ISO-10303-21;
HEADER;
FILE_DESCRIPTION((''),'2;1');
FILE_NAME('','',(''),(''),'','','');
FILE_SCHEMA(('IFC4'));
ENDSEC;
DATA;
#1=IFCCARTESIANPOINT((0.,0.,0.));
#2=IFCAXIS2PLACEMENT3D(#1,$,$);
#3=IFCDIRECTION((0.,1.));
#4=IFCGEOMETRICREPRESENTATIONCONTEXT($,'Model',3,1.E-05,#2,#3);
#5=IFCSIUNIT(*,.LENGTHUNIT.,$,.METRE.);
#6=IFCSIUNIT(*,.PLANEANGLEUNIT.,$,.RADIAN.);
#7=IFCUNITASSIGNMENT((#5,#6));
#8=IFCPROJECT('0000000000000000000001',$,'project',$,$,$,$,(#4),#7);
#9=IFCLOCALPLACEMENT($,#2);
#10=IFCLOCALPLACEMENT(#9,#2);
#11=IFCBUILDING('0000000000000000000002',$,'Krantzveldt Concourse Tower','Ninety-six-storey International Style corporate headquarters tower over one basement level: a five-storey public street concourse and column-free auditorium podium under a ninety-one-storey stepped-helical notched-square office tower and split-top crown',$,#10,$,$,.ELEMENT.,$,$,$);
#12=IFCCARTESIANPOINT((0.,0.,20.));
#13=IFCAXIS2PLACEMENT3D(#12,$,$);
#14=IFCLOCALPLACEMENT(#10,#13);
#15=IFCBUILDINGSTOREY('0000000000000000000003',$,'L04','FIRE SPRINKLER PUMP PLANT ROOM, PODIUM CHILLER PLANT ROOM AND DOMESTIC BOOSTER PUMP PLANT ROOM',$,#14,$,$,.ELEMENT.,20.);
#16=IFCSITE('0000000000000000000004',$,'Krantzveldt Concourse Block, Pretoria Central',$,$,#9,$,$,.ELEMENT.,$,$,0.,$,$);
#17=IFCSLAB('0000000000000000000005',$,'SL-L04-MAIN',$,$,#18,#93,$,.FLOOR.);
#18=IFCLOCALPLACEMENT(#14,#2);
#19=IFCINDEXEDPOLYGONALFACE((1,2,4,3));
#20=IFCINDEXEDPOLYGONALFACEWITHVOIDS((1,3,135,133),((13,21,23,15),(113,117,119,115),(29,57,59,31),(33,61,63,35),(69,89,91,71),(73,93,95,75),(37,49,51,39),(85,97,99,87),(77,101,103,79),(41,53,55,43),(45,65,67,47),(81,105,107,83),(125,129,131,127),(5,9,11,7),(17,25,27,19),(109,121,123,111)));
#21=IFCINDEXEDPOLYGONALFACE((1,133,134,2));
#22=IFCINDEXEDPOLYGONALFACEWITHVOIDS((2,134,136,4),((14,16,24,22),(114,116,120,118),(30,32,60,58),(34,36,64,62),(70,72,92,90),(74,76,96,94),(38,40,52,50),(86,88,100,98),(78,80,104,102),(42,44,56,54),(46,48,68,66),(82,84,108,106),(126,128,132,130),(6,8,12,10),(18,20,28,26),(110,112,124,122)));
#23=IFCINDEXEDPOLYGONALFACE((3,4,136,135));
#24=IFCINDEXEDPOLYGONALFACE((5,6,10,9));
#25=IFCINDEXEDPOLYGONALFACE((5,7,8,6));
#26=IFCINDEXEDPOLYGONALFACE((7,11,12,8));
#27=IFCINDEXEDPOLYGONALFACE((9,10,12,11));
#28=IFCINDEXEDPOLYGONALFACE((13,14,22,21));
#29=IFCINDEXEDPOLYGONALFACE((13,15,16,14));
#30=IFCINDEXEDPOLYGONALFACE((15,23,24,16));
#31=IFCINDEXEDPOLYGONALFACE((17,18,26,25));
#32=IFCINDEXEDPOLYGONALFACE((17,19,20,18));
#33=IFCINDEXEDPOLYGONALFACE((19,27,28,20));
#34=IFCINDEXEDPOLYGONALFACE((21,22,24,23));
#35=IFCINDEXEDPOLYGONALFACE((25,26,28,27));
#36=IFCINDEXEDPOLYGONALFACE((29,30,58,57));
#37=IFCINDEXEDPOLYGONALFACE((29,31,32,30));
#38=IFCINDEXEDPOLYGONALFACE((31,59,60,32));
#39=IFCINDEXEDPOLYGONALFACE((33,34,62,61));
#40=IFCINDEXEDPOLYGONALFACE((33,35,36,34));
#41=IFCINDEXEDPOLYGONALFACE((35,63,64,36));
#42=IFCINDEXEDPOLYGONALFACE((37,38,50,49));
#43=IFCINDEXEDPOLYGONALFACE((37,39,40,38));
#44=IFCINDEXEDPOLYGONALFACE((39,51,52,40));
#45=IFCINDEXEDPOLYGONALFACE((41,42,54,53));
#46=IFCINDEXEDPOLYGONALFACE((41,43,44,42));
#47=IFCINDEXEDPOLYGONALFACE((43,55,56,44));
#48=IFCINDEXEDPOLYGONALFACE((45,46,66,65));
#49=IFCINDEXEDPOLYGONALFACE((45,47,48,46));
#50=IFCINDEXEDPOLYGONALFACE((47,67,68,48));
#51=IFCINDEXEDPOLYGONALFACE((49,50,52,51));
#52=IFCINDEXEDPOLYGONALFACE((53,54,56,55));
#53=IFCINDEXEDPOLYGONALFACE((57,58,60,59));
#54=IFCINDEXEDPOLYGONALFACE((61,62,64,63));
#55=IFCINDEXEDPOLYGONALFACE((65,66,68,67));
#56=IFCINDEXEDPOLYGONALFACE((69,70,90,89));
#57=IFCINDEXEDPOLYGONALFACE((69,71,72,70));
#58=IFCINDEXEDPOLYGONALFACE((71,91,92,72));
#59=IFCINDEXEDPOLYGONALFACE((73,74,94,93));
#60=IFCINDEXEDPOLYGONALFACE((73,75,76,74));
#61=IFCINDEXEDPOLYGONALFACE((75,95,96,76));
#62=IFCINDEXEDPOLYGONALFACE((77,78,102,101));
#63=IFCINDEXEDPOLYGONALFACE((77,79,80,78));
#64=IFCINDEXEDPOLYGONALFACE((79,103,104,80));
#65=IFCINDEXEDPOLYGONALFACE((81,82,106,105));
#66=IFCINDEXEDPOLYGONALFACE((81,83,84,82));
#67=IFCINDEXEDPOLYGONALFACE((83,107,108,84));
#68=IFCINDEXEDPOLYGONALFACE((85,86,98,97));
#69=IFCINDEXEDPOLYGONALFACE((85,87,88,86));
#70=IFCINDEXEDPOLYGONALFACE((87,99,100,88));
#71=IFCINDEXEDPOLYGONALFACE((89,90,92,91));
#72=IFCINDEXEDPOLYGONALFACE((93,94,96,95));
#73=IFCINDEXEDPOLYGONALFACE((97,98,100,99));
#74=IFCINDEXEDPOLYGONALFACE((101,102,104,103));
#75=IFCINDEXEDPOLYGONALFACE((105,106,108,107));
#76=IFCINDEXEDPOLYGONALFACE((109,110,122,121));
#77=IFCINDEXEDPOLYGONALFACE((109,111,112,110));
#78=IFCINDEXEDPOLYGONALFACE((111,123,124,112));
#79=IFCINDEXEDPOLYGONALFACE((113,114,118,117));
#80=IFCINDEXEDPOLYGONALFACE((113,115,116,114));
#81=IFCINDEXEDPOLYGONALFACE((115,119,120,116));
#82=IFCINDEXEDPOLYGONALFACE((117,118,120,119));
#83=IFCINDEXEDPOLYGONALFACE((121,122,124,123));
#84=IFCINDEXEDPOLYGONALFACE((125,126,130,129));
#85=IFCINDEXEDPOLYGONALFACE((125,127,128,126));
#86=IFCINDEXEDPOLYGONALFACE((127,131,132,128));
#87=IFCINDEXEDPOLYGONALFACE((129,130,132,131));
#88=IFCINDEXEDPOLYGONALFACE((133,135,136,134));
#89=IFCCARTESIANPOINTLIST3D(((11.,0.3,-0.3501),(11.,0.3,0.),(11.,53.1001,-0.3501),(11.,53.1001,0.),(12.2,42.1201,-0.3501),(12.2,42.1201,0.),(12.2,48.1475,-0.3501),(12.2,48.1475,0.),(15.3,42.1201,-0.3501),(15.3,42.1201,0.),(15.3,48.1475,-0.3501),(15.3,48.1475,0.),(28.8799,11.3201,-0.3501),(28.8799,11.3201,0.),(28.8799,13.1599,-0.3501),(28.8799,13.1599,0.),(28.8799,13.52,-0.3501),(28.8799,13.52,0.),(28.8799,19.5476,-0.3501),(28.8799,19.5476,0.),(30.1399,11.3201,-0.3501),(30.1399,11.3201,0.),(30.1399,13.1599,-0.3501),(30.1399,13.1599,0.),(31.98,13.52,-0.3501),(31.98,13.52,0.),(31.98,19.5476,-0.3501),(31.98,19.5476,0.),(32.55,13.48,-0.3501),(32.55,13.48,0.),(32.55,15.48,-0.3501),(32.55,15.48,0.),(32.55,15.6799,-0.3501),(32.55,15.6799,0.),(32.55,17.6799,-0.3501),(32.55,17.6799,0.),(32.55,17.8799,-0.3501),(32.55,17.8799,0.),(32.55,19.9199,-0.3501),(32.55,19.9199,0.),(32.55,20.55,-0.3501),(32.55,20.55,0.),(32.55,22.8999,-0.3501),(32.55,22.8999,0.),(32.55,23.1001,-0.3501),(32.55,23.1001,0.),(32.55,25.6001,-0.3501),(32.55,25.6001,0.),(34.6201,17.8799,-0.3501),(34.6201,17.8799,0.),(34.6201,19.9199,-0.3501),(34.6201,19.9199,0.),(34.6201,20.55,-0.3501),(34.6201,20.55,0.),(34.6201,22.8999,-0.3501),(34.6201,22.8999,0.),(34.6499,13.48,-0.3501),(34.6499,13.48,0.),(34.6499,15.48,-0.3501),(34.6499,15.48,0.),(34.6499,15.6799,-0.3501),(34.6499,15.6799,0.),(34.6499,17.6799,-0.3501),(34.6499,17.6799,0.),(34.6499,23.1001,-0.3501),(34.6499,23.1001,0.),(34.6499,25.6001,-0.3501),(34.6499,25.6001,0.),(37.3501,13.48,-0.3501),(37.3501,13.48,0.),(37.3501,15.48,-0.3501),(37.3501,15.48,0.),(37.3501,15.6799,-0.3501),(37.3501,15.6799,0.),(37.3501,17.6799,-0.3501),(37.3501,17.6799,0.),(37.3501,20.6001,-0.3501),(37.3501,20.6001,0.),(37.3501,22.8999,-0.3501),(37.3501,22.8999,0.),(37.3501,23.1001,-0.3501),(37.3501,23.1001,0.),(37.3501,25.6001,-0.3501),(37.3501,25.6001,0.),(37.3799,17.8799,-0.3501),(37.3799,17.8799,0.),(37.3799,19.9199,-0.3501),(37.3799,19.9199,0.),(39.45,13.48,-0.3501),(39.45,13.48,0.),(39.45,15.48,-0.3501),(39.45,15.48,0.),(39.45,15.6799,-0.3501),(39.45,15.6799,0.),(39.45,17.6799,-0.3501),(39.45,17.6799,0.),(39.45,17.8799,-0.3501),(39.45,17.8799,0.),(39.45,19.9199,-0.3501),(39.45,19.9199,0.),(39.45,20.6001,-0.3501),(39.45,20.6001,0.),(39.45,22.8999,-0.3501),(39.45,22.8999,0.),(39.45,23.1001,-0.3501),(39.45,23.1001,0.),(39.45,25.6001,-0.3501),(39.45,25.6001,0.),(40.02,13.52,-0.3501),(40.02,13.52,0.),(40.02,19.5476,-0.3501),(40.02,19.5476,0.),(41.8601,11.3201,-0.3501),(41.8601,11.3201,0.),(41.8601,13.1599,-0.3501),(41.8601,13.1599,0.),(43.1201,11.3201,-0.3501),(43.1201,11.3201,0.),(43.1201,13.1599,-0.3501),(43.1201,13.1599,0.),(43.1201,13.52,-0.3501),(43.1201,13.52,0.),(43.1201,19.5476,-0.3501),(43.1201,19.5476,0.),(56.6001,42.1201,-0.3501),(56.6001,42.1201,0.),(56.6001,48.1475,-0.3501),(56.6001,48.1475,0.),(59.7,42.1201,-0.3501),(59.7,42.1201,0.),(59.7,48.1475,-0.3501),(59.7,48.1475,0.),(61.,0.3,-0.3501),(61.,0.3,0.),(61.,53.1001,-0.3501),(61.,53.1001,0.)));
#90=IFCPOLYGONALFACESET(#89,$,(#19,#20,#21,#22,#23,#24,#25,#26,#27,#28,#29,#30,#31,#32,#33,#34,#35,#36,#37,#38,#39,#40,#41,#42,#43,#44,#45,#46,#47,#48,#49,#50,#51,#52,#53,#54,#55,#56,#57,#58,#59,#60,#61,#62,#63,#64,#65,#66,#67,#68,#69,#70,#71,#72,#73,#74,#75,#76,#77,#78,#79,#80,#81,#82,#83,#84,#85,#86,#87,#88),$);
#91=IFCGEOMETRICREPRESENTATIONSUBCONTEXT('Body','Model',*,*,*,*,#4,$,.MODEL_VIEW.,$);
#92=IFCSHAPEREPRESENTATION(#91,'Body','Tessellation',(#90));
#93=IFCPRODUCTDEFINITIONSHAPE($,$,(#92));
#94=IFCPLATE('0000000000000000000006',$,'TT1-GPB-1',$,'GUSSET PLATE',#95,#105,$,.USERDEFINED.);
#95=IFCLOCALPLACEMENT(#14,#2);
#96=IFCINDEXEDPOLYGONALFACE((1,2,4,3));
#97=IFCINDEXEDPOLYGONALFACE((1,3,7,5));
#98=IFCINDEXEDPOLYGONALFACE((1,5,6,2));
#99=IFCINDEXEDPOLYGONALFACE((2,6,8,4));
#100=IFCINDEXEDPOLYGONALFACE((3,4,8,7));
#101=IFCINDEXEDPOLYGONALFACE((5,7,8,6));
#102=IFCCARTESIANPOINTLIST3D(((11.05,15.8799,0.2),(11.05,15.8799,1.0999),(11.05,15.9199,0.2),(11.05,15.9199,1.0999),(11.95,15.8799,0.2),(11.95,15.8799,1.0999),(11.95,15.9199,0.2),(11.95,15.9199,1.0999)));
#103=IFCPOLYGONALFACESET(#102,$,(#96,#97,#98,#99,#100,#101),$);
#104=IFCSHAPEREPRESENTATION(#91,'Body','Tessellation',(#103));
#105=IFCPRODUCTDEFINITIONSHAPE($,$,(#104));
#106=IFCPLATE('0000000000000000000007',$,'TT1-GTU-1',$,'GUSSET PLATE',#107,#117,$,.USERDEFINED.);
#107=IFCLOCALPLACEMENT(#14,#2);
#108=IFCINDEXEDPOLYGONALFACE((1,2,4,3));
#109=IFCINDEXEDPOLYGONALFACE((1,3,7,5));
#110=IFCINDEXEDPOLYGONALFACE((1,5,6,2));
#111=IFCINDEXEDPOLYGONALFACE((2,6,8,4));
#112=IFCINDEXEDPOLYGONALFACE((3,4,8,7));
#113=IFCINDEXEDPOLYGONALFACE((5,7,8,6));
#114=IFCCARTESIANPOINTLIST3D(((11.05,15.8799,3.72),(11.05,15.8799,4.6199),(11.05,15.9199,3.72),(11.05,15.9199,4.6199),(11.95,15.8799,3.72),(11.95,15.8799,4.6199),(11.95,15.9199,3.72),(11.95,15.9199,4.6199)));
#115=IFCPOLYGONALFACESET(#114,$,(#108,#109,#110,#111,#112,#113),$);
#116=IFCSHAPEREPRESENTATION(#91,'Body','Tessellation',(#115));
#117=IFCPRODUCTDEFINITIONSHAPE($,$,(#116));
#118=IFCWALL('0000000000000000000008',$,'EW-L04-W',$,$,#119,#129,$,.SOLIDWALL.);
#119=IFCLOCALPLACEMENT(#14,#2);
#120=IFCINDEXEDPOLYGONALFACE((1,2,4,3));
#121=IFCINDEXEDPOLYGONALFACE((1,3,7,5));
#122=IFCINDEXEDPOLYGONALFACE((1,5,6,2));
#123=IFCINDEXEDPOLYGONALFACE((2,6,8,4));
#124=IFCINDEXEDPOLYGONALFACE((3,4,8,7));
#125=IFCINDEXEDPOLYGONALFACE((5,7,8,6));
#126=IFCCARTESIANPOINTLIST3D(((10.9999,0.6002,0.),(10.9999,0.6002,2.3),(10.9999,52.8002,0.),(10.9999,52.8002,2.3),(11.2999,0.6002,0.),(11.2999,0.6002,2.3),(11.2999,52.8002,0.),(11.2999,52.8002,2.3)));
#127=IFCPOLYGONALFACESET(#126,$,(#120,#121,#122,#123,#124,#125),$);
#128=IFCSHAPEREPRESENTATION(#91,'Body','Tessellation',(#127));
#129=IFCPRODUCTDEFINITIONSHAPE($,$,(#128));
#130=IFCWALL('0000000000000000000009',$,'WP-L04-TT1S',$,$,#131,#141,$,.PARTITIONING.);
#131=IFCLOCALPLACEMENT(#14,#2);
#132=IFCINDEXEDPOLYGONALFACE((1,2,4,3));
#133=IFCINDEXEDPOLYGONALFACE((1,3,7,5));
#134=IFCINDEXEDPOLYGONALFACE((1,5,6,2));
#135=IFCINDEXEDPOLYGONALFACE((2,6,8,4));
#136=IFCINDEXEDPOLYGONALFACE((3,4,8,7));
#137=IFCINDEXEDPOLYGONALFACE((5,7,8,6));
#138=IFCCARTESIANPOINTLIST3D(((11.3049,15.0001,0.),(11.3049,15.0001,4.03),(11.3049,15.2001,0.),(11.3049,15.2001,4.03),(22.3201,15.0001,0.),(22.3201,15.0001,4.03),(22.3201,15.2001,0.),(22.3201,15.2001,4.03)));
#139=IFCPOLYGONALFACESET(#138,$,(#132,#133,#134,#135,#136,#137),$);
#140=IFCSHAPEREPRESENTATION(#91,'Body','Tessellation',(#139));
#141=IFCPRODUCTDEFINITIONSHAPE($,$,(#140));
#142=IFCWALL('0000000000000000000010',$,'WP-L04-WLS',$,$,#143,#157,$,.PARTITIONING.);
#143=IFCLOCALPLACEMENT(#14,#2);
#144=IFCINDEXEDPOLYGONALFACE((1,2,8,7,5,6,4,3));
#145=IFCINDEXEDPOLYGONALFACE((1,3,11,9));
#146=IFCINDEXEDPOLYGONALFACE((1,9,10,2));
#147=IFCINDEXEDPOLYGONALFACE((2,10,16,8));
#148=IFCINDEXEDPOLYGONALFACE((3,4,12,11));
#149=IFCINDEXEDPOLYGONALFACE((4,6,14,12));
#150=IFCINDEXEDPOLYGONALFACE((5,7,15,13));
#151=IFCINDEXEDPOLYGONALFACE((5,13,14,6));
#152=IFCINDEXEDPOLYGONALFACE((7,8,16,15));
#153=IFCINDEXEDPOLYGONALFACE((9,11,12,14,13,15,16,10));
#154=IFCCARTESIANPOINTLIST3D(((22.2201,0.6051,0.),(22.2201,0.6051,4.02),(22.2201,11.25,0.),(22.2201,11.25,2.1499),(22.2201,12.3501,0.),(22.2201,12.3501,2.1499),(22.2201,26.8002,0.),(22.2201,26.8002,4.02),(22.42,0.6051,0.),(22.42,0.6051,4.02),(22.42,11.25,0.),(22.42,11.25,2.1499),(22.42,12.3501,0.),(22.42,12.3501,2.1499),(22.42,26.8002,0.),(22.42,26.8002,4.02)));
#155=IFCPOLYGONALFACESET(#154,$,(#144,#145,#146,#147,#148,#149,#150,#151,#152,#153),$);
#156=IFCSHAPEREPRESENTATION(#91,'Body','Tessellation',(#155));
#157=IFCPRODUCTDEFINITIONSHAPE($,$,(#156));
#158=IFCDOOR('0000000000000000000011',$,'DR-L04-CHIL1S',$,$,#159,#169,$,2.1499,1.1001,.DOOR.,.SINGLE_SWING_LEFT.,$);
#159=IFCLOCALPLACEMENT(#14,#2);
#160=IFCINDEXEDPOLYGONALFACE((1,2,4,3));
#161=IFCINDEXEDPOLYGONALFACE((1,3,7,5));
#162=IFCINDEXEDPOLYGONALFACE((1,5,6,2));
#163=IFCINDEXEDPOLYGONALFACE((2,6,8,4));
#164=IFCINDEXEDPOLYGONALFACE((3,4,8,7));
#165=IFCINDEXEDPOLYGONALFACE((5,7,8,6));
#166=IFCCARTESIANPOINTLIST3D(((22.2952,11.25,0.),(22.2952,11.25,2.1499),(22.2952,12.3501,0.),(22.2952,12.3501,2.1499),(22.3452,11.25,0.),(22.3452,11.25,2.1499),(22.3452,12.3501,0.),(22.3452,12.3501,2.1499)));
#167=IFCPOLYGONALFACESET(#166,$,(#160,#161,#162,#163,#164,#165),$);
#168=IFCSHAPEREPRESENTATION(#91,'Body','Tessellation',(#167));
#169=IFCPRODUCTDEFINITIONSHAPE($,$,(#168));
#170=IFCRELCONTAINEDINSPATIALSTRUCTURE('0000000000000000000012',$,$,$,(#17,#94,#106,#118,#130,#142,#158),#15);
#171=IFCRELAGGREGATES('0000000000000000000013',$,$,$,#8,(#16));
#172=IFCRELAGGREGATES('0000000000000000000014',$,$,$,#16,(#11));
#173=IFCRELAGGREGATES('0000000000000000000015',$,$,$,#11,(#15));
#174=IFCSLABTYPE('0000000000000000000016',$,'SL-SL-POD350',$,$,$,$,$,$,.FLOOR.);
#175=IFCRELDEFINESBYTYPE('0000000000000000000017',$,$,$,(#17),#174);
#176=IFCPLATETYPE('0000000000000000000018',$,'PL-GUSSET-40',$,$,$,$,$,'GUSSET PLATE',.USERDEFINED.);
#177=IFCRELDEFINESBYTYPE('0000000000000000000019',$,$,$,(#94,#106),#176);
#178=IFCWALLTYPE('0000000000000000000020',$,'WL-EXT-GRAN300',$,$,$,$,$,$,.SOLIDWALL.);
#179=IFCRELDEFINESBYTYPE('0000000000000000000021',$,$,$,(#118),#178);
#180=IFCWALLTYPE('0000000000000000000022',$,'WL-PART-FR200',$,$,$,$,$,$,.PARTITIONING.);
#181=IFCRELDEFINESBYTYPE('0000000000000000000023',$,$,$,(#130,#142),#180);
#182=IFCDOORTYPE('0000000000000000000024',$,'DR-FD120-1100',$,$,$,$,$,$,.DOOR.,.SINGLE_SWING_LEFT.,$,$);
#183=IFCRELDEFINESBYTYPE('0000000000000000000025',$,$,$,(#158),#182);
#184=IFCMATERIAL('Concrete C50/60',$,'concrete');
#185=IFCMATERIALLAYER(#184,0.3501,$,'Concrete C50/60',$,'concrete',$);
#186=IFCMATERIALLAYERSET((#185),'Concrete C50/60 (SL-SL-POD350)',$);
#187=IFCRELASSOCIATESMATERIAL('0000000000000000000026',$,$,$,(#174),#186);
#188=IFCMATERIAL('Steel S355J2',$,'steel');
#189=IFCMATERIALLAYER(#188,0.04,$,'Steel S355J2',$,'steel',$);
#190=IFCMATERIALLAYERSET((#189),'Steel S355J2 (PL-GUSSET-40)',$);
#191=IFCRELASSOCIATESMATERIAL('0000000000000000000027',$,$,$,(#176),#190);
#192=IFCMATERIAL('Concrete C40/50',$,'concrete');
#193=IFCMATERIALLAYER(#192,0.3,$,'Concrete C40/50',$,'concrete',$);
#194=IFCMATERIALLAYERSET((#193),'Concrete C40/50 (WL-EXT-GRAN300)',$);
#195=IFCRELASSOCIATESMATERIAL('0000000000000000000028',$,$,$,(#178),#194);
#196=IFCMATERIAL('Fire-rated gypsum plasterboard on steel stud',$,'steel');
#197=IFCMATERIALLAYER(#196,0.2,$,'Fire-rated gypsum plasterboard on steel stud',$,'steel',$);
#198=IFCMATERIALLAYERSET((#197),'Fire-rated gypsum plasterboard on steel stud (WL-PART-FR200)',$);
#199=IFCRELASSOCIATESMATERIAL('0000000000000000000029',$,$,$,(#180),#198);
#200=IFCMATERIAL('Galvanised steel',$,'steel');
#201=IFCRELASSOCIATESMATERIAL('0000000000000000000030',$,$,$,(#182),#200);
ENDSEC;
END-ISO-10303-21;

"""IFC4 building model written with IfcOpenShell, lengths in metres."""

from ifc_helpers import new_model, si_unit, direction, frame, frame_2d, origin, origin_2d, place, context, subcontext, project, spatial, polyline, rectangle, outline, extrude, source, transform, mapped, material, layer, layer_set, type_object, type_shapes, element, fill, save


model = new_model("IFC4")

# Units and contexts
model_context = context("Model", 3, precision=1e-05, world=origin(), true_north=direction((0.0, 1.0)))
body_context = subcontext(model_context, "Body", "Model", "MODEL_VIEW")
ifc_project = project(units=[si_unit("LENGTHUNIT", "METRE"), si_unit("PLANEANGLEUNIT", "RADIAN")], contexts=[model_context])

# Site, building, storey
site_placement = place(None, origin())
site = spatial("IfcSite", under=ifc_project, at=site_placement, Name="Krantzveldt Concourse Block, Pretoria Central", CompositionType="ELEMENT", RefElevation=0.0)
building_placement = place(site_placement, origin())
building = spatial("IfcBuilding", under=site, at=building_placement, Name="Krantzveldt Concourse Tower", Description="Ninety-six-storey International Style corporate headquarters tower over one basement level: a five-storey public street concourse and column-free auditorium podium under a ninety-one-storey stepped-helical notched-square office tower and split-top crown", CompositionType="ELEMENT")
storey_placement = place(building_placement, frame((0.0, 0.0, 20.0)))
storey = spatial("IfcBuildingStorey", under=building, at=storey_placement, Name="L04", Description="FIRE SPRINKLER PUMP PLANT ROOM, PODIUM CHILLER PLANT ROOM AND DOMESTIC BOOSTER PUMP PLANT ROOM", CompositionType="ELEMENT", Elevation=20.0)

# Shared definitions
ifc_material_1 = material(Name="Concrete C40/50", Category="concrete")
ifc_material_2 = material(Name="Concrete C50/60", Category="concrete")

# Shared definitions
ifc_material_3 = material(Name="Steel S355J2", Category="steel")

# Slab
ifc_layer_1 = layer(ifc_material_2, 0.3501, Name="Concrete C50/60", Category="concrete")
ifc_layer_set_1 = layer_set([ifc_layer_1], Name="Concrete C50/60 (SL-SL-POD350)")
slab_type_1 = type_object("IfcSlabType", Name="SL-SL-POD350", PredefinedType="FLOOR", material=ifc_layer_set_1)
slab_1_placement = place(storey_placement, frame((0.0, 0.0, -0.3501)))
element("IfcSlab", 1, at=slab_1_placement, inside=storey, type_object=slab_type_1, Name="SL-L04-MAIN", PredefinedType="FLOOR", context=body_context, shape_type="SweptSolid", body=[
    extrude(outline(polyline([(11.0, 0.3), (61.0, 0.3), (61.0, 53.1001), (11.0, 53.1001), (11.0, 0.3)]), holes=[polyline([(28.8799, 19.5476), (28.8799, 13.52), (31.98, 13.52), (31.98, 19.5476), (28.8799, 19.5476)]), polyline([(40.02, 19.5476), (40.02, 13.52), (43.1201, 13.52), (43.1201, 19.5476), (40.02, 19.5476)]), polyline([(12.2, 48.1475), (12.2, 42.1201), (15.3, 42.1201), (15.3, 48.1475), (12.2, 48.1475)]), polyline([(56.6001, 48.1475), (56.6001, 42.1201), (59.7, 42.1201), (59.7, 48.1475), (56.6001, 48.1475)]), polyline([(32.55, 23.1001), (34.6499, 23.1001), (34.6499, 25.6001), (32.55, 25.6001), (32.55, 23.1001)]), polyline([(37.3501, 23.1001), (39.45, 23.1001), (39.45, 25.6001), (37.3501, 25.6001), (37.3501, 23.1001)]), polyline([(37.3501, 20.6001), (39.45, 20.6001), (39.45, 22.8999), (37.3501, 22.8999), (37.3501, 20.6001)]), polyline([(32.55, 13.48), (34.6499, 13.48), (34.6499, 15.48), (32.55, 15.48), (32.55, 13.48)]), polyline([(32.55, 15.6799), (34.6499, 15.6799), (34.6499, 17.6799), (32.55, 17.6799), (32.55, 15.6799)]), polyline([(37.3501, 13.48), (39.45, 13.48), (39.45, 15.48), (37.3501, 15.48), (37.3501, 13.48)]), polyline([(37.3501, 15.6799), (39.45, 15.6799), (39.45, 17.6799), (37.3501, 17.6799), (37.3501, 15.6799)]), polyline([(32.55, 20.55), (34.6201, 20.55), (34.6201, 22.8999), (32.55, 22.8999), (32.55, 20.55)]), polyline([(32.55, 17.8799), (34.6201, 17.8799), (34.6201, 19.9199), (32.55, 19.9199), (32.55, 17.8799)]), polyline([(37.3799, 17.8799), (39.45, 17.8799), (39.45, 19.9199), (37.3799, 19.9199), (37.3799, 17.8799)]), polyline([(28.8799, 11.3201), (30.1399, 11.3201), (30.1399, 13.1599), (28.8799, 13.1599), (28.8799, 11.3201)]), polyline([(41.8601, 11.3201), (43.1201, 11.3201), (43.1201, 13.1599), (41.8601, 13.1599), (41.8601, 11.3201)])]), origin(), (0.0, 0.0, 1.0), 0.3501),
])

# Plates
ifc_layer_2 = layer(ifc_material_3, 0.04, Name="Steel S355J2", Category="steel")
ifc_layer_set_2 = layer_set([ifc_layer_2], Name="Steel S355J2 (PL-GUSSET-40)")
plate_type = type_object("IfcPlateType", Name="PL-GUSSET-40", ElementType="GUSSET PLATE", PredefinedType="USERDEFINED", material=ifc_layer_set_2)
shared_shape_1 = source(origin(), body_context, "Body", "SweptSolid", [
    extrude(rectangle(XDim=0.8999, YDim=0.04, at=origin_2d()), origin(), (0.0, 0.0, 1.0), 0.8999),
])
type_shapes(plate_type, [shared_shape_1])
for number, where, z_axis, x_axis, name in (
    (2, (11.5, 15.8999, 0.2), (0.0, 0.0, 1.0), (1.0, 0.0, 0.0), "TT1-GPB-1"),
    (3, (11.5, 15.8999, 3.72), (0.0, 0.0, 1.0), (1.0, 0.0, 0.0), "TT1-GTU-1"),
):
    element("IfcPlate", number, at=place(storey_placement, frame(where, z_axis=z_axis, x_axis=x_axis)), inside=storey, type_object=plate_type, Name=name, ObjectType="GUSSET PLATE", PredefinedType="USERDEFINED", context=body_context, shape_type="MappedRepresentation", body=[
        mapped(shared_shape_1, transform((0.0, 0.0, 0.0), x_axis=(1.0, 0.0, 0.0), y_axis=(0.0, 1.0, 0.0), z_axis=(0.0, 0.0, 1.0), scale=1.0)),
    ])

# Walls
ifc_layer_3 = layer(ifc_material_1, 0.3, Name="Concrete C40/50", Category="concrete")
ifc_layer_set_3 = layer_set([ifc_layer_3], Name="Concrete C40/50 (WL-EXT-GRAN300)")
wall_type_1 = type_object("IfcWallType", Name="WL-EXT-GRAN300", PredefinedType="SOLIDWALL", material=ifc_layer_set_3)
wall_1_placement = place(storey_placement, frame((11.1499, 0.6001, 0.0), z_axis=(0.0, 0.0, 1.0), x_axis=(0.0, 1.0, 0.0)))
element("IfcWall", 4, at=wall_1_placement, inside=storey, type_object=wall_type_1, Name="EW-L04-W", PredefinedType="SOLIDWALL", context=body_context, shape_type="SweptSolid", body=[
    extrude(rectangle(XDim=52.2, YDim=0.3, at=frame_2d((26.1001, 0.0))), origin(), (0.0, 0.0, 1.0), 2.3),
])
ifc_material_4 = material(Name="Fire-rated gypsum plasterboard on steel stud", Category="steel")
ifc_layer_4 = layer(ifc_material_4, 0.2, Name="Fire-rated gypsum plasterboard on steel stud", Category="steel")
ifc_layer_set_4 = layer_set([ifc_layer_4], Name="Fire-rated gypsum plasterboard on steel stud (WL-PART-FR200)")
wall_type_2 = type_object("IfcWallType", Name="WL-PART-FR200", PredefinedType="PARTITIONING", material=ifc_layer_set_4)
wall_2_placement = place(storey_placement, frame((11.3049, 15.1001, 0.0), z_axis=(0.0, 0.0, 1.0), x_axis=(1.0, 0.0, 0.0)))
element("IfcWall", 5, at=wall_2_placement, inside=storey, type_object=wall_type_2, Name="WP-L04-TT1S", PredefinedType="PARTITIONING", context=body_context, shape_type="SweptSolid", body=[
    extrude(rectangle(XDim=11.0151, YDim=0.2, at=frame_2d((5.5076, 0.0))), origin(), (0.0, 0.0, 1.0), 4.03),
])

# Wall, opening, door
wall_3_placement = place(storey_placement, frame((22.3201, 0.605, 0.0), z_axis=(0.0, 0.0, 1.0), x_axis=(0.0, 1.0, 0.0)))
wall_3 = element("IfcWall", 6, at=wall_3_placement, inside=storey, type_object=wall_type_2, Name="WP-L04-WLS", PredefinedType="PARTITIONING", context=body_context, shape_type="SweptSolid", body=[
    extrude(rectangle(XDim=26.1951, YDim=0.2, at=frame_2d((13.0977, 0.0))), origin(), (0.0, 0.0, 1.0), 4.02),
])
opening_1_placement = place(wall_3_placement, frame((10.645, 0.0, 0.0)))
opening_1 = element("IfcOpeningElement", 7, at=opening_1_placement, cuts=wall_3, PredefinedType="OPENING", context=body_context, shape_type="SweptSolid", body=[
    extrude(rectangle(XDim=1.1001, YDim=2.1499, at=frame_2d((0.55, 1.075))), frame((0.0, 0.1099, 0.0), z_axis=(0.0, -1.0, 0.0), x_axis=(1.0, 0.0, 0.0)), (0.0, 0.0, 1.0), 0.22),
])
ifc_material_5 = material(Name="Galvanised steel", Category="steel")
door_type = type_object("IfcDoorType", Name="DR-FD120-1100", OperationType="SINGLE_SWING_LEFT", PredefinedType="DOOR", material=ifc_material_5)
door_1_placement = place(opening_1_placement, origin())
door_1 = element("IfcDoor", 8, at=door_1_placement, inside=storey, type_object=door_type, Name="DR-L04-CHIL1S", OperationType="SINGLE_SWING_LEFT", OverallHeight=2.1499, OverallWidth=1.1001, PredefinedType="DOOR", context=body_context, shape_type="SweptSolid", body=[
    extrude(rectangle(XDim=1.1001, YDim=2.1499, at=frame_2d((0.55, 1.075))), frame((0.0, 0.0249, 0.0), z_axis=(0.0, -1.0, 0.0), x_axis=(1.0, 0.0, 0.0)), (0.0, 0.0, 1.0), 0.05),
])
fill(opening_1, door_1)

save(model, "model.ifc")
